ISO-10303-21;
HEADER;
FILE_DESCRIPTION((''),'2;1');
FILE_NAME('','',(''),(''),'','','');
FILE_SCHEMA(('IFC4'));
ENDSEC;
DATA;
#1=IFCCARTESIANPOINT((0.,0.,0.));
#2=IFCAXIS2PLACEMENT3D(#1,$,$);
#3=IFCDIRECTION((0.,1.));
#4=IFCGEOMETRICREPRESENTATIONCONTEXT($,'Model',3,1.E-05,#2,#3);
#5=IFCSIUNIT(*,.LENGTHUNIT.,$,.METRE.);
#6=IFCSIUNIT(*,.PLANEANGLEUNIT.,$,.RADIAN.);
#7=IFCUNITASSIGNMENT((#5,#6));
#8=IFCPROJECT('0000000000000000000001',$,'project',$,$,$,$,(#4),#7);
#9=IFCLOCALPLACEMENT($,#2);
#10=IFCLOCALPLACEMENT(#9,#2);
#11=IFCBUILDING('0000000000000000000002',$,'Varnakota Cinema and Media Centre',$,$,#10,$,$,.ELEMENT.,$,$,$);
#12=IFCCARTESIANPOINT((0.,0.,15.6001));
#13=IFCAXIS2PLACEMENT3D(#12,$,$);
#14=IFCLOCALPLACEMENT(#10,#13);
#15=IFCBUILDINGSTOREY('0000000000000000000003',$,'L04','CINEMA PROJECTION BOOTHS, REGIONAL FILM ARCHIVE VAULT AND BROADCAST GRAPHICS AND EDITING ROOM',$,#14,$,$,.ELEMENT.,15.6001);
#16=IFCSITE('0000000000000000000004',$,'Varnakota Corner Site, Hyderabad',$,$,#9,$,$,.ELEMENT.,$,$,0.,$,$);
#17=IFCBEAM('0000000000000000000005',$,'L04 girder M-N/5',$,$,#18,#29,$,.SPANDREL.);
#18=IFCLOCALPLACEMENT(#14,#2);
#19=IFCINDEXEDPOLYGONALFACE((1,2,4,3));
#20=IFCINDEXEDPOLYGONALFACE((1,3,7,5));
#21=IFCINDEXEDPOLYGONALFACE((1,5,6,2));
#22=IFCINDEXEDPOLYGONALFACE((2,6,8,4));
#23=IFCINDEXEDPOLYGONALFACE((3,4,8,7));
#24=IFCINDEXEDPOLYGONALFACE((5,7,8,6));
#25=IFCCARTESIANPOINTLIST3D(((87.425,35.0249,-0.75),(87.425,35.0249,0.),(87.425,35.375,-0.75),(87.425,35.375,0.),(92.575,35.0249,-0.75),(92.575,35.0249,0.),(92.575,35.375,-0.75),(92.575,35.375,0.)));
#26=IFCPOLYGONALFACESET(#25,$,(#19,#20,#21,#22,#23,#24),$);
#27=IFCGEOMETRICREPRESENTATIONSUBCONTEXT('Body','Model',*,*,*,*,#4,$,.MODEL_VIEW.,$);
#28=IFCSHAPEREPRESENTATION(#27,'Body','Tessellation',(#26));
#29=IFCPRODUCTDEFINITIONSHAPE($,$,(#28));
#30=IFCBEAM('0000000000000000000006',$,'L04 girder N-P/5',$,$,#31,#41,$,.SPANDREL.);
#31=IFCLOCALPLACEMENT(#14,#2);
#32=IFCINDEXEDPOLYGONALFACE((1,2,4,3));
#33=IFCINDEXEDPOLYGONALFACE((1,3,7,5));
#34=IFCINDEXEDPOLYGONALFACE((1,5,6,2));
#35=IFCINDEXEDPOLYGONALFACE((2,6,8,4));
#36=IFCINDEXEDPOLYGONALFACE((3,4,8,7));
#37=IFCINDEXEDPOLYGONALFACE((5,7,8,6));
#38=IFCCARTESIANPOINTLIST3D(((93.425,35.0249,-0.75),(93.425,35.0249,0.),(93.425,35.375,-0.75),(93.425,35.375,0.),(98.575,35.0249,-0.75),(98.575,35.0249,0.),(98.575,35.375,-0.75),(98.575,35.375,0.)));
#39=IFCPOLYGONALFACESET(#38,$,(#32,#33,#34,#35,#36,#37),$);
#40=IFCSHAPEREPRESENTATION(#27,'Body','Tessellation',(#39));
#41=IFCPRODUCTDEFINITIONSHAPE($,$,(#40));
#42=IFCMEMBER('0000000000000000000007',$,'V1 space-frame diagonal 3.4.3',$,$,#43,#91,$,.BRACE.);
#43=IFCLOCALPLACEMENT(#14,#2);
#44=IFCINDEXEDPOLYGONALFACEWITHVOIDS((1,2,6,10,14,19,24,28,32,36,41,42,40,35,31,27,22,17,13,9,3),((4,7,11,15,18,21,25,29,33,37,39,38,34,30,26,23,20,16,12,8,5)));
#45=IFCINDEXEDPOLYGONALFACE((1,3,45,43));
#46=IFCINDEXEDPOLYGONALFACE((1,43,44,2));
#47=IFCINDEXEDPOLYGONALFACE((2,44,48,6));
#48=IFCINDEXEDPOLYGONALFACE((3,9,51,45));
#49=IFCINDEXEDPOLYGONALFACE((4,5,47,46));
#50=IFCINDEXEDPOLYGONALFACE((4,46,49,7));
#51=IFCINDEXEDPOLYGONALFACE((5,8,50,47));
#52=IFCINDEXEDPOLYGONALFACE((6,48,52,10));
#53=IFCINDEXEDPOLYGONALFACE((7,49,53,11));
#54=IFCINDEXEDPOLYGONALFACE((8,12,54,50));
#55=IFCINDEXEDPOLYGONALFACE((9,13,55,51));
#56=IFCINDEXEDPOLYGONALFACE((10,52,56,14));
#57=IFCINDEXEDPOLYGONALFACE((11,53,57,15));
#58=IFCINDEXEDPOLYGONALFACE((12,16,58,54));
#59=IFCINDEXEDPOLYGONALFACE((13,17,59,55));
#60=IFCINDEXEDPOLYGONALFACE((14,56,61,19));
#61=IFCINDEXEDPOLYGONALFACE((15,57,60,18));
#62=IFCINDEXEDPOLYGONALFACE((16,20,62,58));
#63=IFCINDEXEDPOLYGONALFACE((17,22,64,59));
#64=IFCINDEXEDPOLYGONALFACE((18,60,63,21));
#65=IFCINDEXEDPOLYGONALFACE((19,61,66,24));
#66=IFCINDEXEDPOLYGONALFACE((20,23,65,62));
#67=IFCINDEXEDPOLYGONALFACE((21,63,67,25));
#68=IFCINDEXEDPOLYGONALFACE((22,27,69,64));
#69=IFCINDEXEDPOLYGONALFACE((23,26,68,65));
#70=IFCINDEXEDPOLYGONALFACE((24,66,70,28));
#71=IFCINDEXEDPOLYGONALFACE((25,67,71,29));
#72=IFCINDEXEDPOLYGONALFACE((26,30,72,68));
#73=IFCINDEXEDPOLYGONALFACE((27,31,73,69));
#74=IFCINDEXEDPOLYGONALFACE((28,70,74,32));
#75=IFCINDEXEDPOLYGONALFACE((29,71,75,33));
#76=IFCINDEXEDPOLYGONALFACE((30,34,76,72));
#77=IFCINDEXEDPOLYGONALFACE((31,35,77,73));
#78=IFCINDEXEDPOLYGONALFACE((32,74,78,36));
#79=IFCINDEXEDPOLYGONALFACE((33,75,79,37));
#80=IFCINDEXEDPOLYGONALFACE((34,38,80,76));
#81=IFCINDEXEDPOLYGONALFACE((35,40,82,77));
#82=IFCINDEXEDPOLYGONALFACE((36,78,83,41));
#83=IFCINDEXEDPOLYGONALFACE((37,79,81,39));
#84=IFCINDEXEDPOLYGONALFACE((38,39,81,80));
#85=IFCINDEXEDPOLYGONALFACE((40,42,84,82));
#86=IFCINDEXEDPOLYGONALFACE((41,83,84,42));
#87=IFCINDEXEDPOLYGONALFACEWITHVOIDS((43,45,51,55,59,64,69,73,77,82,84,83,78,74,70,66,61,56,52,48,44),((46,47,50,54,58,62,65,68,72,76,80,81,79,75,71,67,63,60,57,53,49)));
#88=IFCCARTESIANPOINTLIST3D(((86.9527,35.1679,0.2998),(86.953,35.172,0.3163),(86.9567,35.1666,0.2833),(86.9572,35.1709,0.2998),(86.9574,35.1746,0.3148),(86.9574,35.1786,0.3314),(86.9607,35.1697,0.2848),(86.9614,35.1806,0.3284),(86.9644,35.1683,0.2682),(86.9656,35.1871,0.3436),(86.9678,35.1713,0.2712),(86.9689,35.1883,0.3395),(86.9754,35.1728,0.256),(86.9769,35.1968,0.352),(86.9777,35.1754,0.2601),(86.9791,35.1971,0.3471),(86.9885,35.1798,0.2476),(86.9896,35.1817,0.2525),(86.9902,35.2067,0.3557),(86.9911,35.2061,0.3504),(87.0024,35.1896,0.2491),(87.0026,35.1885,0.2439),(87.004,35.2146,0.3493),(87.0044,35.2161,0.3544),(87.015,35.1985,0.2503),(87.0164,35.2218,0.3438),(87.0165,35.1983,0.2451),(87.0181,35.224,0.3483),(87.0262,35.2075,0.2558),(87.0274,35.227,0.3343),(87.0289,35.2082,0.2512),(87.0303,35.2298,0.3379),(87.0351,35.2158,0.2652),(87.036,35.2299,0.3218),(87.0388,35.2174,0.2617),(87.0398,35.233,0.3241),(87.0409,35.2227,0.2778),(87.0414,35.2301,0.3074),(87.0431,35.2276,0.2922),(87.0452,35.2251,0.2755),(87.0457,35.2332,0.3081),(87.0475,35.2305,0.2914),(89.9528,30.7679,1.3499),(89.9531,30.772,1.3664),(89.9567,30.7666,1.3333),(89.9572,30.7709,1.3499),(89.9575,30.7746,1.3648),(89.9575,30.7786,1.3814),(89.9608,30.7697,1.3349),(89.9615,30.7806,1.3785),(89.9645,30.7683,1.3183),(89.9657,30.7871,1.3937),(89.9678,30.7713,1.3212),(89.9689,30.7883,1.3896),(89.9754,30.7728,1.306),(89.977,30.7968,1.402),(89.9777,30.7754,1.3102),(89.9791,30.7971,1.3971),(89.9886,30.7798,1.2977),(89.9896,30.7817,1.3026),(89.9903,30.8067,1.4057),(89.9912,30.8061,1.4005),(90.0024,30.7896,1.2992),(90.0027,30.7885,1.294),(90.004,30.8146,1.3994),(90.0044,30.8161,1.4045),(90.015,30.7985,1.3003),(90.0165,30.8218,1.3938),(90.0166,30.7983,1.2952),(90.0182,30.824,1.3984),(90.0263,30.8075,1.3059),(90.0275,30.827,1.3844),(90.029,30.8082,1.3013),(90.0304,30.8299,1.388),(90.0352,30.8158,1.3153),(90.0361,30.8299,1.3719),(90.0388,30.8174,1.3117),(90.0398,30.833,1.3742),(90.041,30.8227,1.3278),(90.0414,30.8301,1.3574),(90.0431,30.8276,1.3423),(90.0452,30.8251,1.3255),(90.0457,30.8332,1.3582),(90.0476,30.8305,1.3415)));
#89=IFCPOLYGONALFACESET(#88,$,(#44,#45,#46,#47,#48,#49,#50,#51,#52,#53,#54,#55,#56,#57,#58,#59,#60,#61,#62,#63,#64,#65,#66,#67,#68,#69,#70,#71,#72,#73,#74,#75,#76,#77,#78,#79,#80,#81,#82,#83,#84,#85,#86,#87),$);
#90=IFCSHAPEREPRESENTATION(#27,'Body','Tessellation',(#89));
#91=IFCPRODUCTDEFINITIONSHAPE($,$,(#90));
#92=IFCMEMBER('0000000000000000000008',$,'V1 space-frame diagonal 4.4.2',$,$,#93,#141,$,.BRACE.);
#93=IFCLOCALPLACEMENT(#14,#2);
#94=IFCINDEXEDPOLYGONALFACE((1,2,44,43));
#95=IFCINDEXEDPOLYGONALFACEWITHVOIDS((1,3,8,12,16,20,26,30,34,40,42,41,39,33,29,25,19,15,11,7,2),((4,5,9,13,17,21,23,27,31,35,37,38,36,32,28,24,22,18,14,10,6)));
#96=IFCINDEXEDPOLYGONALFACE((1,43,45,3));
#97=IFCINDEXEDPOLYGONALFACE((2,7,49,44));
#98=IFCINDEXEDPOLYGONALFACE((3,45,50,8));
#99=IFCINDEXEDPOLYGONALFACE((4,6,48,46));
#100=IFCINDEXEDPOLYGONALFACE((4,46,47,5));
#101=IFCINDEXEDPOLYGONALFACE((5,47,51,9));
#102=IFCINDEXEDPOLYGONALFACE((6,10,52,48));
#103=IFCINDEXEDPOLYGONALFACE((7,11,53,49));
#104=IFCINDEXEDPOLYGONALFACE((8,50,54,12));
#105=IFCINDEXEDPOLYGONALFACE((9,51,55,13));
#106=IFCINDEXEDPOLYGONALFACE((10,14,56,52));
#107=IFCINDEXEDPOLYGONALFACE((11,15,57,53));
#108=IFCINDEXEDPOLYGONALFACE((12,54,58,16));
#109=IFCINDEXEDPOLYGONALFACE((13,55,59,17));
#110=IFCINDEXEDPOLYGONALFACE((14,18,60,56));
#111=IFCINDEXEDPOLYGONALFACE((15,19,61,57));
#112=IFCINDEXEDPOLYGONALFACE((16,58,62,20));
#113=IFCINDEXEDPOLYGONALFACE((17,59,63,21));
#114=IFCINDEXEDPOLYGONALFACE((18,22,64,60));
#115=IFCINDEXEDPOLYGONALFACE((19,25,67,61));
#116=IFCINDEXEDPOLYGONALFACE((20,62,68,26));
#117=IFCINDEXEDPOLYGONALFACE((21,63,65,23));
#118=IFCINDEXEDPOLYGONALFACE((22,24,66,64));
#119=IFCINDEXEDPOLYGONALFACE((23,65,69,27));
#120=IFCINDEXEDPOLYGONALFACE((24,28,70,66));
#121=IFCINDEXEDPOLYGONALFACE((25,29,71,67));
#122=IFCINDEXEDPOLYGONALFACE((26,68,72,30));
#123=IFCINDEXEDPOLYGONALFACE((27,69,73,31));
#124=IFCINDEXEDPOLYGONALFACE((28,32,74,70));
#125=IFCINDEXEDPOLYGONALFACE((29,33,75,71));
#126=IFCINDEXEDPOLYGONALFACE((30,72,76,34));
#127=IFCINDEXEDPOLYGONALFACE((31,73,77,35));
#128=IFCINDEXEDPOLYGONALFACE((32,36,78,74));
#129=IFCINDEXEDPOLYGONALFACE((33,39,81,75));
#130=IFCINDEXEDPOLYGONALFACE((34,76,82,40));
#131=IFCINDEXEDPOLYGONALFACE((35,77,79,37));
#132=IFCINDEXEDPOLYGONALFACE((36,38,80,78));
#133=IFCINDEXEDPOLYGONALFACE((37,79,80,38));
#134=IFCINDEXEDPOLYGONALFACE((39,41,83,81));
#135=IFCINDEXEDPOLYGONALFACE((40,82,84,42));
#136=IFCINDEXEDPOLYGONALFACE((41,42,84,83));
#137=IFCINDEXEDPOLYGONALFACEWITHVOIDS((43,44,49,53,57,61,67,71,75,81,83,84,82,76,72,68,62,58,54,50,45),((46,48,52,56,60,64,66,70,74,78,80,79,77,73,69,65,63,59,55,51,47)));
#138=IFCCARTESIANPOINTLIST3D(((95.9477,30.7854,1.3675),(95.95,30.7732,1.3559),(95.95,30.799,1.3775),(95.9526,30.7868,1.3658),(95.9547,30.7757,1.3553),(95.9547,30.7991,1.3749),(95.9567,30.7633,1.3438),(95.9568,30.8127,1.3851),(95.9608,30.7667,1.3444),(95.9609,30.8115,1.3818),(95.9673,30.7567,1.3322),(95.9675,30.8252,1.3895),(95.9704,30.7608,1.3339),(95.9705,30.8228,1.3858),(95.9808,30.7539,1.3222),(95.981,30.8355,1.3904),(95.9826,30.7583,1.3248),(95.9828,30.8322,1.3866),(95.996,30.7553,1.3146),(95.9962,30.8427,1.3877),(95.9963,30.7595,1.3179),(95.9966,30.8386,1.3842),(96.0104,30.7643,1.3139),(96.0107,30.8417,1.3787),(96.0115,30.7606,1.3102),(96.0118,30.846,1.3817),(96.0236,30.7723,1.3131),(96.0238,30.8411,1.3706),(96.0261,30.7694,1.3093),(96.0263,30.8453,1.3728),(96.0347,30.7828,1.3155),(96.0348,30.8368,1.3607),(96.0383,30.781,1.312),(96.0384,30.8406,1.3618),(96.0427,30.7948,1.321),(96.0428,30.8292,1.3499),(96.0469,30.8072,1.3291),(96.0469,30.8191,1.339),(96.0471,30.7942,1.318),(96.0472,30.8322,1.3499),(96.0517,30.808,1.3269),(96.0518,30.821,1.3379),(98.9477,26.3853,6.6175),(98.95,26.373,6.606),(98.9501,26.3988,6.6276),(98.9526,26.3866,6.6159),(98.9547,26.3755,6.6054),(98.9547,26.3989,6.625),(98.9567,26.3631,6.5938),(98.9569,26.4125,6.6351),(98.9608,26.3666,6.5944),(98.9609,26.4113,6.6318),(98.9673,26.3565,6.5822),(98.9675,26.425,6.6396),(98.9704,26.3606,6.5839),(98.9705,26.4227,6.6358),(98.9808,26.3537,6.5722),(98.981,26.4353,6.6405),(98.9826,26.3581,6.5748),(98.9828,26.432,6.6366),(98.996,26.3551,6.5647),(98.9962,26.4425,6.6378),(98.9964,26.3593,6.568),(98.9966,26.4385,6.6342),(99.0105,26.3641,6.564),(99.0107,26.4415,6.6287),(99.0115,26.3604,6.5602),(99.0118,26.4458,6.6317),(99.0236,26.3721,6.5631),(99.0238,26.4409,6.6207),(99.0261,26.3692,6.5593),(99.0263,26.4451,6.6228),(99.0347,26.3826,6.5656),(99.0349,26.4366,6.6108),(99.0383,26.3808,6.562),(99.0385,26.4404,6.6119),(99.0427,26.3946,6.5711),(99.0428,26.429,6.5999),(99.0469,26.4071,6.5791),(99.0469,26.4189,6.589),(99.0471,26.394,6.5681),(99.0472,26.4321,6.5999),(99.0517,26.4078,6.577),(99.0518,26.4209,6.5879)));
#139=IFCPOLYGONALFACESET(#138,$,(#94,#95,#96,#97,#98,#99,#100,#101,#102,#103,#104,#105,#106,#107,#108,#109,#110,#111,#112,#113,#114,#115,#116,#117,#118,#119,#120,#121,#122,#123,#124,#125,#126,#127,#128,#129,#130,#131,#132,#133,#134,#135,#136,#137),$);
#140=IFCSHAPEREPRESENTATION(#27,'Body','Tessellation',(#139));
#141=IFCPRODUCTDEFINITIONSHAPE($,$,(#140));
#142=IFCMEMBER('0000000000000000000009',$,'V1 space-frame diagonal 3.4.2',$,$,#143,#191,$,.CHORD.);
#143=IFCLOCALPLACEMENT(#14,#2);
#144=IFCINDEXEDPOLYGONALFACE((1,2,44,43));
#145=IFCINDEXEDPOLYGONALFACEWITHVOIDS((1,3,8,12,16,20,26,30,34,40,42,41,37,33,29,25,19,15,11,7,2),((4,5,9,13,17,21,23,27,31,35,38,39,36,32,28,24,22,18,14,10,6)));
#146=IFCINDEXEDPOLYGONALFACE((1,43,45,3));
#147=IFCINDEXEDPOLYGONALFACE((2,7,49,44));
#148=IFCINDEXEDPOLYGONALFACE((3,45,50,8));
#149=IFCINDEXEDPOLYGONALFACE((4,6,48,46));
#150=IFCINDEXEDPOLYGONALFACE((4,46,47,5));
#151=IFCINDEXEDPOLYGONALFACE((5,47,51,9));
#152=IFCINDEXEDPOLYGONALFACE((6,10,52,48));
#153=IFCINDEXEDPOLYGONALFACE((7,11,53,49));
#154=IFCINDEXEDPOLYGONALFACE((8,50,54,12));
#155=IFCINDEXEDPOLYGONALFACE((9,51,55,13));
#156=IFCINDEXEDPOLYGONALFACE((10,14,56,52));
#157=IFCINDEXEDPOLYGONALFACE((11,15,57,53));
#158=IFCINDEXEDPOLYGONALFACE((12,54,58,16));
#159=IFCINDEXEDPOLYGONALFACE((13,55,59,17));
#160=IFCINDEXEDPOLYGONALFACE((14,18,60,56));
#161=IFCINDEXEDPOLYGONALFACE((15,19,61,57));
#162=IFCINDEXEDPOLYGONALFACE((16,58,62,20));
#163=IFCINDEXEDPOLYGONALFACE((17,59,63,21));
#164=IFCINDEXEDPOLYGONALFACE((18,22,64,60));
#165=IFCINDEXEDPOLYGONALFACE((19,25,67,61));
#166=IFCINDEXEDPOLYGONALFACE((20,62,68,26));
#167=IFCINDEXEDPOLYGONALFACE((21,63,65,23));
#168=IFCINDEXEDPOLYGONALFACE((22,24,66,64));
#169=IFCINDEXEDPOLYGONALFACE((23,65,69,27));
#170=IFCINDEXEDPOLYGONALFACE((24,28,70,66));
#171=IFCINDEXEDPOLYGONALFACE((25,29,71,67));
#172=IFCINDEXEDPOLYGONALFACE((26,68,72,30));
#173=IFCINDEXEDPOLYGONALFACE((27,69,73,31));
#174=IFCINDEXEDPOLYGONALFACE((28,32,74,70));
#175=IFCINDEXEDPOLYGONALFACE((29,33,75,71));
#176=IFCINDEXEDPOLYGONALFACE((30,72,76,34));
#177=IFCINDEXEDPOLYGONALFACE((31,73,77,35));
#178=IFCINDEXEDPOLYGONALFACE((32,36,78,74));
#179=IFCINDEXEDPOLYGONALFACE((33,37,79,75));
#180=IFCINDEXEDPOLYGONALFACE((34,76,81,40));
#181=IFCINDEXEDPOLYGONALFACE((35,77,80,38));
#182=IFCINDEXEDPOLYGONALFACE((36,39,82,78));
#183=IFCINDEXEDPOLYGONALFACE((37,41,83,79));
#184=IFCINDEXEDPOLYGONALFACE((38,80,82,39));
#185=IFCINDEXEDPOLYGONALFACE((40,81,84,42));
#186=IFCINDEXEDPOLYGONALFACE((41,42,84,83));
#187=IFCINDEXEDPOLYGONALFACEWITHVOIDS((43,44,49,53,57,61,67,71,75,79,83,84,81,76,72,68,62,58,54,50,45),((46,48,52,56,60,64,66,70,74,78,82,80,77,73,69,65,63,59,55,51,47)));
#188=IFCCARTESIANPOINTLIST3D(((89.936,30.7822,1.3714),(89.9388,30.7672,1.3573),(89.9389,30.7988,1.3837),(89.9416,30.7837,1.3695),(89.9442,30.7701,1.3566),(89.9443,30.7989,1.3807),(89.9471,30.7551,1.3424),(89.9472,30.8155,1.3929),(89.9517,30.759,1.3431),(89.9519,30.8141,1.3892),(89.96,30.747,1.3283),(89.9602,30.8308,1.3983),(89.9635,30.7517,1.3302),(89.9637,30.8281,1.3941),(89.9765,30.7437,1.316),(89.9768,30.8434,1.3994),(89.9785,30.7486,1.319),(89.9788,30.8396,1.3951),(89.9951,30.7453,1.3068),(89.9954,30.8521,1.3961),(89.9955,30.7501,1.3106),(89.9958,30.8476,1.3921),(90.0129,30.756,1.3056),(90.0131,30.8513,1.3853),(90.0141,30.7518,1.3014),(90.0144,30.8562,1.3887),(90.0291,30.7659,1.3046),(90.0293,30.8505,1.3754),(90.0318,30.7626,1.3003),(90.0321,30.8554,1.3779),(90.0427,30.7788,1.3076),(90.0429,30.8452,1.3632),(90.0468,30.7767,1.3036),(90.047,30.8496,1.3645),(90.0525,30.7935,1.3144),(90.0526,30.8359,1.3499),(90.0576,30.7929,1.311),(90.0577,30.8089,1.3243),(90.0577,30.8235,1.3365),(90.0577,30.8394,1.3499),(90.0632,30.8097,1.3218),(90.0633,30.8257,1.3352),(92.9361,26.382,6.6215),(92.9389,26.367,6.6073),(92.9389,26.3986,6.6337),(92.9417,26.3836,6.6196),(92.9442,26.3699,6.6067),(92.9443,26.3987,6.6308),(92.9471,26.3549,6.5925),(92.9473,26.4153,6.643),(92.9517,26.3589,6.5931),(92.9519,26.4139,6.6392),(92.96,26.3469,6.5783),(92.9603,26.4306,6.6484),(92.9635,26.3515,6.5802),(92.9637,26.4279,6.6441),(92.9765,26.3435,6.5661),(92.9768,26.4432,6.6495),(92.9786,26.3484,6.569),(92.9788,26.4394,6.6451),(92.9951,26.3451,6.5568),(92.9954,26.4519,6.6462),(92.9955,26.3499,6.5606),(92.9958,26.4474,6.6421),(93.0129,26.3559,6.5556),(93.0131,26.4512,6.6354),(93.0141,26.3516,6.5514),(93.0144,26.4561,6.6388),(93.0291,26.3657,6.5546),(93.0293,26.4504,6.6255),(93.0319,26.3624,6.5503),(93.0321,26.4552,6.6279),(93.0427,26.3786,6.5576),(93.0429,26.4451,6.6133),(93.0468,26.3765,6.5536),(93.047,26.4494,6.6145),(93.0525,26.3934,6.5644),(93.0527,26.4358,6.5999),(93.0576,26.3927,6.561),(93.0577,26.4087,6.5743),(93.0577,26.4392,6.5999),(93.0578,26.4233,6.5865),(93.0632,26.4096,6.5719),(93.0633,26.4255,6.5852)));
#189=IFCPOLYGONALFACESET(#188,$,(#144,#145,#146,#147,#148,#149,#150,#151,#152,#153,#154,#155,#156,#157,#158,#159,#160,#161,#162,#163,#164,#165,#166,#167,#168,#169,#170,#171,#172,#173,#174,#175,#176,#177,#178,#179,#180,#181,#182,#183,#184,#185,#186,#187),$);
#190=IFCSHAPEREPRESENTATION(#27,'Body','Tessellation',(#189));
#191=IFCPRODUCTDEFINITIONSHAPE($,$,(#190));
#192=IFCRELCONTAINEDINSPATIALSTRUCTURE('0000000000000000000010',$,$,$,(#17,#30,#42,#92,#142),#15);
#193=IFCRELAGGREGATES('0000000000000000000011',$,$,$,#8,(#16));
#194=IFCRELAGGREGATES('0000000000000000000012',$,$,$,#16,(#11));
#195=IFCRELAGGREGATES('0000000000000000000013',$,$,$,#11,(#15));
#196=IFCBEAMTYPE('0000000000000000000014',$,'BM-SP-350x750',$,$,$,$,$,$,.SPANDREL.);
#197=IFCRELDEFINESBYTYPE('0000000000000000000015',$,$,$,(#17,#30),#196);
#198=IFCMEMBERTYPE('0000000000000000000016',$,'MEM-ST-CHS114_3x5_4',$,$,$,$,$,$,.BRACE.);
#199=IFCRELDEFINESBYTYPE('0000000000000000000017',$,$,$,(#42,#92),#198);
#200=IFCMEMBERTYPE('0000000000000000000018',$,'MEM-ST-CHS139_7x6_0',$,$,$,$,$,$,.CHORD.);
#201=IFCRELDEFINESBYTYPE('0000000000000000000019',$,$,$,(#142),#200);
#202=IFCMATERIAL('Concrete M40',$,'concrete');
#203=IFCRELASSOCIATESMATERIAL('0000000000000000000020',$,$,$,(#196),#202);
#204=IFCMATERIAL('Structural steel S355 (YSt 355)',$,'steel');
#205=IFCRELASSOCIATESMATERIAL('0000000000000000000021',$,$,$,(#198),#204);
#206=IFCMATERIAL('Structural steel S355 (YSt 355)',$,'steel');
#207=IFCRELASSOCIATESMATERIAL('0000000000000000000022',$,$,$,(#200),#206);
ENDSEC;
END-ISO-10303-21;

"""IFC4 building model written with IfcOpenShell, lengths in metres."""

from ifc_helpers import new_model, si_unit, direction, frame, origin, origin_2d, place, context, subcontext, project, spatial, rectangle, hollow_circle, extrude, material, material_profile, profile_set, type_object, element, save


model = new_model("IFC4")

# Units and contexts
model_context = context("Model", 3, precision=1e-05, world=origin(), true_north=direction((0.0, 1.0)))
body_context = subcontext(model_context, "Body", "Model", "MODEL_VIEW")
ifc_project = project(units=[si_unit("LENGTHUNIT", "METRE"), si_unit("PLANEANGLEUNIT", "RADIAN")], contexts=[model_context])

# Site, building, storey
site_placement = place(None, origin())
site = spatial("IfcSite", under=ifc_project, at=site_placement, Name="Varnakota Corner Site, Hyderabad", CompositionType="ELEMENT", RefElevation=0.0)
building_placement = place(site_placement, origin())
building = spatial("IfcBuilding", under=site, at=building_placement, Name="Varnakota Cinema and Media Centre", CompositionType="ELEMENT")
storey_placement = place(building_placement, frame((0.0, 0.0, 15.6001)))
storey = spatial("IfcBuildingStorey", under=building, at=storey_placement, Name="L04", Description="CINEMA PROJECTION BOOTHS, REGIONAL FILM ARCHIVE VAULT AND BROADCAST GRAPHICS AND EDITING ROOM", CompositionType="ELEMENT", Elevation=15.6001)

# Beams
ifc_material_1 = material(Name="Concrete M40", Category="concrete")
ifc_material_profile_1 = material_profile(ifc_material_1, rectangle(XDim=0.3501, YDim=0.75, at=origin_2d()), Name="RCB 350x750")
ifc_profile_set_1 = profile_set([ifc_material_profile_1], Name="Concrete M40")
beam_type = type_object("IfcBeamType", Name="BM-SP-350x750", PredefinedType="SPANDREL", material=ifc_profile_set_1)
for number, where, z_axis, x_axis, name in (
    (1, (87.425, 35.2, -0.375), (1.0, 0.0, 0.0), (0.0, 1.0, 0.0), "L04 girder M-N/5"),
    (2, (93.425, 35.2, -0.375), (1.0, 0.0, 0.0), (0.0, 1.0, 0.0), "L04 girder N-P/5"),
):
    element("IfcBeam", number, at=place(storey_placement, frame(where, z_axis=z_axis, x_axis=x_axis)), inside=storey, type_object=beam_type, Name=name, PredefinedType="SPANDREL", context=body_context, shape_type="SweptSolid", body=[
        extrude(rectangle(XDim=0.3501, YDim=0.75, at=origin_2d()), origin(), (0.0, 0.0, 1.0), 5.1499),
    ])

# Members
ifc_material_2 = material(Name="Structural steel S355 (YSt 355)", Category="steel")
ifc_material_profile_2 = material_profile(ifc_material_2, hollow_circle(Radius=0.0571, WallThickness=0.0054, at=origin_2d()), Name="CHS 114.3x5.4")
ifc_profile_set_2 = profile_set([ifc_material_profile_2], Name="Structural steel S355 (YSt 355)")
member_type_1 = type_object("IfcMemberType", Name="MEM-ST-CHS114_3x5_4", PredefinedType="BRACE", material=ifc_profile_set_2)
member_1_placement = place(storey_placement, frame((90.0, 30.8, 1.3499), z_axis=(-0.552703, 0.810613, -0.193455), x_axis=(-0.826222, -0.563345, 0.0)))
element("IfcMember", 3, at=member_1_placement, inside=storey, type_object=member_type_1, Name="V1 space-frame diagonal 3.4.3", PredefinedType="BRACE", context=body_context, shape_type="SweptSolid", body=[
    extrude(hollow_circle(Radius=0.0571, WallThickness=0.0054, at=origin_2d()), origin(), (0.0, 0.0, 1.0), 5.428),
])
member_2_placement = place(storey_placement, frame((96.0, 30.8, 1.3499), z_axis=(0.401165, -0.588395, 0.702039), x_axis=(0.826236, 0.563324, 0.0)))
element("IfcMember", 4, at=member_2_placement, inside=storey, type_object=member_type_1, Name="V1 space-frame diagonal 4.4.2", PredefinedType="BRACE", context=body_context, shape_type="SweptSolid", body=[
    extrude(hollow_circle(Radius=0.0571, WallThickness=0.0054, at=origin_2d()), origin(), (0.0, 0.0, 1.0), 7.4783),
])
ifc_material_3 = material(Name="Structural steel S355 (YSt 355)", Category="steel")
ifc_material_profile_3 = material_profile(ifc_material_3, hollow_circle(Radius=0.0698, WallThickness=0.0061, at=origin_2d()), Name="CHS 139.7x6.0")
ifc_profile_set_3 = profile_set([ifc_material_profile_3], Name="Structural steel S355 (YSt 355)")
member_type_2 = type_object("IfcMemberType", Name="MEM-ST-CHS139_7x6_0", PredefinedType="CHORD", material=ifc_profile_set_3)
for number, where, z_axis, x_axis, name in (
    (5, (90.0, 30.8, 1.3499), (0.401165, -0.588395, 0.702039), (0.826236, 0.563324, 0.0), "V1 space-frame diagonal 3.4.2"),
):
    element("IfcMember", number, at=place(storey_placement, frame(where, z_axis=z_axis, x_axis=x_axis)), inside=storey, type_object=member_type_2, Name=name, PredefinedType="CHORD", context=body_context, shape_type="SweptSolid", body=[
        extrude(hollow_circle(Radius=0.0698, WallThickness=0.0061, at=origin_2d()), origin(), (0.0, 0.0, 1.0), 7.4783),
    ])

save(model, "model.ifc")
